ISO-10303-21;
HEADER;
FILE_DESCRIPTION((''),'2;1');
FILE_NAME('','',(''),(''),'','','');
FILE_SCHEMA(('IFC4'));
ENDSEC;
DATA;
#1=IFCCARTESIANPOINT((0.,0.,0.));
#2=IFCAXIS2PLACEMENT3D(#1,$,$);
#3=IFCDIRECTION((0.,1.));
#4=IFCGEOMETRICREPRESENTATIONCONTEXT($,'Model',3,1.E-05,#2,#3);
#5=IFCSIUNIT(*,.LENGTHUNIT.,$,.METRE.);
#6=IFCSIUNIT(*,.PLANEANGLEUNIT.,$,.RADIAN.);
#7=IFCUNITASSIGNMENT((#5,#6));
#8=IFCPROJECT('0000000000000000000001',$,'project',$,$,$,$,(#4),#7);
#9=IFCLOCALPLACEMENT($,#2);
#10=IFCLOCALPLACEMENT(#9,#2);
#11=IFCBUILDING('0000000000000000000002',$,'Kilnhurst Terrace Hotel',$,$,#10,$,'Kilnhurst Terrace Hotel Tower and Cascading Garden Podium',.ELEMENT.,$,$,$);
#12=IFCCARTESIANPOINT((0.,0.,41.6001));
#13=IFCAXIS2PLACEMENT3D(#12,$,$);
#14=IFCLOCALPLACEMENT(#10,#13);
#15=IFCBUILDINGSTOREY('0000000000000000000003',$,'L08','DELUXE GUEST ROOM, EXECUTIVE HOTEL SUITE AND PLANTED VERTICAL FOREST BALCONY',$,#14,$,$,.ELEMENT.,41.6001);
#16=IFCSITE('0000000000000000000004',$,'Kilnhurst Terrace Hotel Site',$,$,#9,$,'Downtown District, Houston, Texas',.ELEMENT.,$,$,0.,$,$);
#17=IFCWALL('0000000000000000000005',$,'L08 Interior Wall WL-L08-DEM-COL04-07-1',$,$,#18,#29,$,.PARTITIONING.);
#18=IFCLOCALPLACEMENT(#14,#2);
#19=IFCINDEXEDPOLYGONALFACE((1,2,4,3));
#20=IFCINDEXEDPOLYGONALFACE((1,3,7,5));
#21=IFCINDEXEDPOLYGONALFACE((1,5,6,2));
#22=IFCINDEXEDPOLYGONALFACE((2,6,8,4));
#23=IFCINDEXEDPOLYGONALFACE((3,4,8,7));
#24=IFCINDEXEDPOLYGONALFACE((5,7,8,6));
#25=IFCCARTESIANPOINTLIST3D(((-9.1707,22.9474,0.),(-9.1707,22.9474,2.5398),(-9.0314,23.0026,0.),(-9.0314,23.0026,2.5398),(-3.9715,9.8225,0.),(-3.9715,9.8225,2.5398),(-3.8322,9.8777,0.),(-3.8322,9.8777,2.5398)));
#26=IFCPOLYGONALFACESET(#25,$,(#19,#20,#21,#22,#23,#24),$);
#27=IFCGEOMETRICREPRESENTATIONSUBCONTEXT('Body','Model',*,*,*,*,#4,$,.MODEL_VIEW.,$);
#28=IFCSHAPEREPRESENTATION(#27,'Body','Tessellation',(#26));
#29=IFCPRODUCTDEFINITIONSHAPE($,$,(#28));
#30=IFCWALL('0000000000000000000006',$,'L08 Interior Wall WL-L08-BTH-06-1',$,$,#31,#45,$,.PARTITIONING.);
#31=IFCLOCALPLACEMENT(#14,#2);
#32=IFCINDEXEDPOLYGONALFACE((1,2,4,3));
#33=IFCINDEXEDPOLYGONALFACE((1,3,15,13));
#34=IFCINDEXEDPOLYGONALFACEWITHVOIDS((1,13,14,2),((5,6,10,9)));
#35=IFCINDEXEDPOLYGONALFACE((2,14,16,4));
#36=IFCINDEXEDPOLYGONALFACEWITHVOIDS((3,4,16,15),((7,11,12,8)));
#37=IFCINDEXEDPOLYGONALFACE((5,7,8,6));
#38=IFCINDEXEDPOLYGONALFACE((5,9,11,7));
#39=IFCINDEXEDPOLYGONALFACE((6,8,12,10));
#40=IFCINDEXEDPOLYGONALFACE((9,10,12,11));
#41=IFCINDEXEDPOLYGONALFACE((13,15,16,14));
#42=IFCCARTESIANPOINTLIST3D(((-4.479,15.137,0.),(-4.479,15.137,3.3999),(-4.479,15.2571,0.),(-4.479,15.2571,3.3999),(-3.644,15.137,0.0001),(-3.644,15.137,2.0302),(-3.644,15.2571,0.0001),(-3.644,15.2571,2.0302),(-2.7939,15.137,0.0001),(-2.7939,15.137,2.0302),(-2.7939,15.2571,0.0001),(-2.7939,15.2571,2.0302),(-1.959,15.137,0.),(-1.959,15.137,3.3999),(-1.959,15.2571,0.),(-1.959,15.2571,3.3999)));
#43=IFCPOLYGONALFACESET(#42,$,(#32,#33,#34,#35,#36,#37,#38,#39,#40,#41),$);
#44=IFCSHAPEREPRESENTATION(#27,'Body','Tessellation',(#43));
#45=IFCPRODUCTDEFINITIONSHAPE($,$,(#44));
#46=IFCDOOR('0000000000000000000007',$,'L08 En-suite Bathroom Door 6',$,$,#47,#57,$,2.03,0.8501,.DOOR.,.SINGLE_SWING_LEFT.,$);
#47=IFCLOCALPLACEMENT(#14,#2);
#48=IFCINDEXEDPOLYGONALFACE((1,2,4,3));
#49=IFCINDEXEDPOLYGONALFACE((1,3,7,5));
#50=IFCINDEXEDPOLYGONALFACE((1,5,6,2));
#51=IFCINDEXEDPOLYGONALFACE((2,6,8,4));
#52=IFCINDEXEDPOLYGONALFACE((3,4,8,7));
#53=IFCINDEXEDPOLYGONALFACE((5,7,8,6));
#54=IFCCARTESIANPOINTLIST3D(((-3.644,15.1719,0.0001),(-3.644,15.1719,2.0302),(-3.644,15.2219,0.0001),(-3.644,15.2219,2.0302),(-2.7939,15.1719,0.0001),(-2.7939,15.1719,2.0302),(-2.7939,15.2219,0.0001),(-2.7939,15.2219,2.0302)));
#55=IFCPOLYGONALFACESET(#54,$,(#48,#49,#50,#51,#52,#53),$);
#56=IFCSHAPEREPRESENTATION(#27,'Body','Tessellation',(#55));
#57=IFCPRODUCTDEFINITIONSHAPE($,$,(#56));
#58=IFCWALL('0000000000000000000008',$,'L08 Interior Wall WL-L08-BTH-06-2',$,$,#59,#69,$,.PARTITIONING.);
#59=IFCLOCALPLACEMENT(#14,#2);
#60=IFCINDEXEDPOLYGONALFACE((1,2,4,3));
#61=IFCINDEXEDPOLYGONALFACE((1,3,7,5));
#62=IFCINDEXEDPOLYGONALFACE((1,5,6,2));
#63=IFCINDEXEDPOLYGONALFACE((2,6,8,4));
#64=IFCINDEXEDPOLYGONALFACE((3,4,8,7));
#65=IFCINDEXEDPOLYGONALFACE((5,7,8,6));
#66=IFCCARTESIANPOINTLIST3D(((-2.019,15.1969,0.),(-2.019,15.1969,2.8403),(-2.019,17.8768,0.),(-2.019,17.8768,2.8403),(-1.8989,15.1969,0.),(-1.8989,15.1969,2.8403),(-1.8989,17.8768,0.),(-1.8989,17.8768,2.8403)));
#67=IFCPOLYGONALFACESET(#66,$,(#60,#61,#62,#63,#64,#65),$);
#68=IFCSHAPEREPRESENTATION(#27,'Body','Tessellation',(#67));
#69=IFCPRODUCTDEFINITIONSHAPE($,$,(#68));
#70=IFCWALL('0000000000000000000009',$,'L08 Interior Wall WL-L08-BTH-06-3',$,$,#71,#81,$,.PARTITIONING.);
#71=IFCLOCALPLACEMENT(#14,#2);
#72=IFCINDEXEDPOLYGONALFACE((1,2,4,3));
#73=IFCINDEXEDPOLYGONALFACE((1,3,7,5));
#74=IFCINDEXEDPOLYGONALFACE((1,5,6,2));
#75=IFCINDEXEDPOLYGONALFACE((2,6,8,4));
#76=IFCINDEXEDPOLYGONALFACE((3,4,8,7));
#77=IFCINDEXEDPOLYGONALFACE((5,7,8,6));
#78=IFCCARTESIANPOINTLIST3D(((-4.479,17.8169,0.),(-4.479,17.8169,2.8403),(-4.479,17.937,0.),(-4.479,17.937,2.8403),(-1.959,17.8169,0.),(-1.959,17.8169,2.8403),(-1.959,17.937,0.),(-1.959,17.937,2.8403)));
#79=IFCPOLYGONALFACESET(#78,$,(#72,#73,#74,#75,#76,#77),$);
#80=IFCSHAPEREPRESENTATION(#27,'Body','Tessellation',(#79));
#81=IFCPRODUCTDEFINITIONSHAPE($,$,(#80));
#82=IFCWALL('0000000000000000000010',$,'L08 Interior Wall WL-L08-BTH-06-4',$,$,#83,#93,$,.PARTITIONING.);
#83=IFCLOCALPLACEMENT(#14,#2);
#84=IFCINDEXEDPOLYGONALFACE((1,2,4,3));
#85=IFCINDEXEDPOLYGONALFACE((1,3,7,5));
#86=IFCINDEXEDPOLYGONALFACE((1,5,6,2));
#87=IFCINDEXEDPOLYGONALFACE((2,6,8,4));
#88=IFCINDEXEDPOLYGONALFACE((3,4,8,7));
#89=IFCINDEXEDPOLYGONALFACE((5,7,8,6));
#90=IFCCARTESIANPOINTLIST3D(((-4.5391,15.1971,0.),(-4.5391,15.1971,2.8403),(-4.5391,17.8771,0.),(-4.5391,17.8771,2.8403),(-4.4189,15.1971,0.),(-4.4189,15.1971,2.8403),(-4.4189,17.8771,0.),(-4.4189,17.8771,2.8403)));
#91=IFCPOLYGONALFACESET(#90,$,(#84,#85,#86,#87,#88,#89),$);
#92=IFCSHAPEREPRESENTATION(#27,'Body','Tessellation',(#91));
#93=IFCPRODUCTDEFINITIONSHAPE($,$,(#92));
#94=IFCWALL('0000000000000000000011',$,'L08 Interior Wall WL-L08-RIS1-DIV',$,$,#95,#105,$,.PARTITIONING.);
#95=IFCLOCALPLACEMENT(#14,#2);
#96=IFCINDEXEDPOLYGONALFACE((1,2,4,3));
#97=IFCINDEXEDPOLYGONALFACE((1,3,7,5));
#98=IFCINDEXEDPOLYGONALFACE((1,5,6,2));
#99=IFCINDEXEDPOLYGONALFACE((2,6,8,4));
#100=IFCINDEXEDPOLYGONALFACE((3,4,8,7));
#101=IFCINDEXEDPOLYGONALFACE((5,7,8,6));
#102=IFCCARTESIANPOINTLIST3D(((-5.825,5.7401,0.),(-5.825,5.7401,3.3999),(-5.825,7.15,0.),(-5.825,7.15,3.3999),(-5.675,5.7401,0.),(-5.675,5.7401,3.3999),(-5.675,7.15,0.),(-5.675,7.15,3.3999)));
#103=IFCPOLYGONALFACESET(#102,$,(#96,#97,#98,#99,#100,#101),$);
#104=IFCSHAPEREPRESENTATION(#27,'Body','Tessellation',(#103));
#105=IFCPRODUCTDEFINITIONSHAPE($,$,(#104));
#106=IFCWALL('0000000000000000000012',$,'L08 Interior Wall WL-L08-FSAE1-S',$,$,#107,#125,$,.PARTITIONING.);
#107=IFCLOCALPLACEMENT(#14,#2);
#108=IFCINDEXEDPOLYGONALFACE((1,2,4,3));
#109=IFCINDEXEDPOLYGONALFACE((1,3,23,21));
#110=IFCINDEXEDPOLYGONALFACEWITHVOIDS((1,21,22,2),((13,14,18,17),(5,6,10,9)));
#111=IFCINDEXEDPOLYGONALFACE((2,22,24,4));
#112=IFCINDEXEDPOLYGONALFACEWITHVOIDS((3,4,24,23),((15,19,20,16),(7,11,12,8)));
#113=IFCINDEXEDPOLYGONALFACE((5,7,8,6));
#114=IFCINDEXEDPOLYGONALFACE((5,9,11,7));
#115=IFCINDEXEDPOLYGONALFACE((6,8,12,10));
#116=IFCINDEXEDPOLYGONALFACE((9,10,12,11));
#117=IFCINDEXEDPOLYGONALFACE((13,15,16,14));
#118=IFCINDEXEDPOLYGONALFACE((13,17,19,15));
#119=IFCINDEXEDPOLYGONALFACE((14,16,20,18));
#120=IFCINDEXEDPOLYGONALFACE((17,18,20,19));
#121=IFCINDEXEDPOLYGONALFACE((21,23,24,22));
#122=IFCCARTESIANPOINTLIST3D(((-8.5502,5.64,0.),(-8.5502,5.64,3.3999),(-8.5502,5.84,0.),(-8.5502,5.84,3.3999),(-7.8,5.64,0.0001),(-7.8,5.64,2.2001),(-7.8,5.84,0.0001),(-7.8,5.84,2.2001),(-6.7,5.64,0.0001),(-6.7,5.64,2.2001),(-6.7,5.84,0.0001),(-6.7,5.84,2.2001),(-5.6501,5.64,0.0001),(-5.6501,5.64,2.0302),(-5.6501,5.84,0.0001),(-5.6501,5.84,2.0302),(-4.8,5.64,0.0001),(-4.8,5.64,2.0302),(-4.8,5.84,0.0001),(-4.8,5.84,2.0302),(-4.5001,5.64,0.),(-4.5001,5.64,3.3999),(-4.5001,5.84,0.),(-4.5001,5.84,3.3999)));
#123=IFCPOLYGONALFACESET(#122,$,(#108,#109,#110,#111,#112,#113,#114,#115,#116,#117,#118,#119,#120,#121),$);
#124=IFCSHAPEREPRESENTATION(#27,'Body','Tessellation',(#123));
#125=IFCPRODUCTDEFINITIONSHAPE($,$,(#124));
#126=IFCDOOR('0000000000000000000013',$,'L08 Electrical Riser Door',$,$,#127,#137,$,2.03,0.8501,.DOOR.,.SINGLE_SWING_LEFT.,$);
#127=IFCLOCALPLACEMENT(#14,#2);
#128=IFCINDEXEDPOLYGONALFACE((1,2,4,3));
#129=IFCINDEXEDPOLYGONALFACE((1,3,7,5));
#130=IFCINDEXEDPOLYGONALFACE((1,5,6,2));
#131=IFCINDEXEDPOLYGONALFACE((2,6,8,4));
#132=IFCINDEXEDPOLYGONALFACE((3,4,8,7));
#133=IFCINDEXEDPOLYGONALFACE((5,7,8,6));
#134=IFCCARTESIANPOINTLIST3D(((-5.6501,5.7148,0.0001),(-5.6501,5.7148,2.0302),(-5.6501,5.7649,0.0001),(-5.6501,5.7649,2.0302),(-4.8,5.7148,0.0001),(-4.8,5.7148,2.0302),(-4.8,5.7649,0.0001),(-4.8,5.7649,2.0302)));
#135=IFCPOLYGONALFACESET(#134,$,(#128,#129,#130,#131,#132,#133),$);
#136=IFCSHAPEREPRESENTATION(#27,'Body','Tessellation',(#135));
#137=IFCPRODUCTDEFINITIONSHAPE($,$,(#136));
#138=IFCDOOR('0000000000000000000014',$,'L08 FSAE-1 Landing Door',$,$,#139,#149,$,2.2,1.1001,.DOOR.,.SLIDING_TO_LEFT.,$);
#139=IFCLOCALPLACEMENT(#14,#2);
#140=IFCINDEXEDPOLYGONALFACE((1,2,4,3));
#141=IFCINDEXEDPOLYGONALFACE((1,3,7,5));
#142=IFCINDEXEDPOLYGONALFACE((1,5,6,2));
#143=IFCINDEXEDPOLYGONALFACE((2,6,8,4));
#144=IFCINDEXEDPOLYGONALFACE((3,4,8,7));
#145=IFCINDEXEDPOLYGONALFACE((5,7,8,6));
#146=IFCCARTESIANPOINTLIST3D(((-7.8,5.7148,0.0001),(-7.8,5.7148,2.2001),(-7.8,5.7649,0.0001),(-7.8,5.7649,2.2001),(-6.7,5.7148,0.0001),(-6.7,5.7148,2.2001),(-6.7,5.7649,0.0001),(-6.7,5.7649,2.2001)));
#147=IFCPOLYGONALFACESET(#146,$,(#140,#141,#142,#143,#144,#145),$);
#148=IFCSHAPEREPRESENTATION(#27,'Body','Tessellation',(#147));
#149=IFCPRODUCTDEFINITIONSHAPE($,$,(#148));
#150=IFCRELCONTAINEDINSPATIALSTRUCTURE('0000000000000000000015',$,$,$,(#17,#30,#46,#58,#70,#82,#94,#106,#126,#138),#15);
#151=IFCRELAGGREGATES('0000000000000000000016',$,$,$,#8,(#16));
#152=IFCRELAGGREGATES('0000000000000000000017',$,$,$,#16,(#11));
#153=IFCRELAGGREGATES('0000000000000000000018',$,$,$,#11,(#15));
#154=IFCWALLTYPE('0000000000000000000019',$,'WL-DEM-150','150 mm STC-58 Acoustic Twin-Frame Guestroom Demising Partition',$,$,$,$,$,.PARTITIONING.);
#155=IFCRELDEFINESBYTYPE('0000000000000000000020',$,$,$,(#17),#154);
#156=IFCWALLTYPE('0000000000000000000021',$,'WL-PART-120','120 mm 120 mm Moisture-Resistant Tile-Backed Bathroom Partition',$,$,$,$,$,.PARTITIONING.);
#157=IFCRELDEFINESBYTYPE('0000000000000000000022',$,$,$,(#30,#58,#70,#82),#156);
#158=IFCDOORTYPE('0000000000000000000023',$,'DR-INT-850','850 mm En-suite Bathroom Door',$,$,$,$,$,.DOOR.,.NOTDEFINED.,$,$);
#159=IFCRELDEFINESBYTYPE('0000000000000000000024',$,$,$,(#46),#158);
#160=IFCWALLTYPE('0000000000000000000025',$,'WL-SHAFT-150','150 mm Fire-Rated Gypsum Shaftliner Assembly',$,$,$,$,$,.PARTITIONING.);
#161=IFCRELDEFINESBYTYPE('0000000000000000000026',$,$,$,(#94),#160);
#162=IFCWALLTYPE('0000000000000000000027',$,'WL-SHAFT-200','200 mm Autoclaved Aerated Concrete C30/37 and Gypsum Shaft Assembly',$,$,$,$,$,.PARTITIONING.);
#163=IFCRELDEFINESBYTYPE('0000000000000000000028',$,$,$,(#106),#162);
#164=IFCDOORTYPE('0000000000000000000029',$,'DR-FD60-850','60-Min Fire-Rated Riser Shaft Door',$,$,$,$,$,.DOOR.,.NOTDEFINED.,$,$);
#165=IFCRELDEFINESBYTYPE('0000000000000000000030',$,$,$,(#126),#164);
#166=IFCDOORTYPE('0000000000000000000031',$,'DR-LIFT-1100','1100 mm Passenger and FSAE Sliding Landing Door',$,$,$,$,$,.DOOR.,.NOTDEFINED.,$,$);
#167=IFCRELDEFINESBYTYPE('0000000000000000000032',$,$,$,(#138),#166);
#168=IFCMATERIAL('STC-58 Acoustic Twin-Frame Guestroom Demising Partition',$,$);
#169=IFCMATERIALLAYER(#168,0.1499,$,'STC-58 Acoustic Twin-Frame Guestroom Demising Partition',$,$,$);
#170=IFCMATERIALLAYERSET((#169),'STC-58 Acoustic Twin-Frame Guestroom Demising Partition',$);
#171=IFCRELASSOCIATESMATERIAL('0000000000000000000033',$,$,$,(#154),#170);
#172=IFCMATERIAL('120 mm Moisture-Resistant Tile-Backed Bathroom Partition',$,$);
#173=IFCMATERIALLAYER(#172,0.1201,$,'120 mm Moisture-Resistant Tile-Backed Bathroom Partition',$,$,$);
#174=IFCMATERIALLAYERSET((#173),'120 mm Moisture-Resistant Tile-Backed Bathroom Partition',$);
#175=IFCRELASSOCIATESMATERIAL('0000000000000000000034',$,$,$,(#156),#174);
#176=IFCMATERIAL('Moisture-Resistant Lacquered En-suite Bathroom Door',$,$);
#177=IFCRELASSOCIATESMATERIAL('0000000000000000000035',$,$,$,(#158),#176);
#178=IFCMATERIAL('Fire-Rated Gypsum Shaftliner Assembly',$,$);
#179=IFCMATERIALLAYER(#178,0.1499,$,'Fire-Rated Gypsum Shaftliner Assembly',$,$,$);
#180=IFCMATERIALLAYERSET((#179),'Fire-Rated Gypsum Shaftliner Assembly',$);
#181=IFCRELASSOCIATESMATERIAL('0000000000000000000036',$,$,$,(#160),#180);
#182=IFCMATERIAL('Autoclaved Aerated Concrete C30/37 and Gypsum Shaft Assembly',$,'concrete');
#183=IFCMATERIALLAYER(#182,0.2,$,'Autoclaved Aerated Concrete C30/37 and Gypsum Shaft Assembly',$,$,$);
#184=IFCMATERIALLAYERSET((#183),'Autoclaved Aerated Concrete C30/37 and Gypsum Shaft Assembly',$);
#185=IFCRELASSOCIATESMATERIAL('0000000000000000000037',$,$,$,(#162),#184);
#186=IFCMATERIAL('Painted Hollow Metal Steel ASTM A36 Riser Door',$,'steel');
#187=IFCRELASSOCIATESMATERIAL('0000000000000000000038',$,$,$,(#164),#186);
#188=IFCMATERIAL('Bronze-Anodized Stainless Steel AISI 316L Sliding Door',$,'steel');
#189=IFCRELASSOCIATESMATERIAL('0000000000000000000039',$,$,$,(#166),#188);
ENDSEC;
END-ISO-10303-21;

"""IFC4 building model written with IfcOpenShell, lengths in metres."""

from ifc_helpers import new_model, si_unit, direction, frame, frame_2d, origin, place, context, subcontext, project, spatial, rectangle, extrude, material, layer, layer_set, type_object, element, fill, save


model = new_model("IFC4")

# Units and contexts
model_context = context("Model", 3, precision=1e-05, world=origin(), true_north=direction((0.0, 1.0)))
body_context = subcontext(model_context, "Body", "Model", "MODEL_VIEW")
ifc_project = project(units=[si_unit("LENGTHUNIT", "METRE"), si_unit("PLANEANGLEUNIT", "RADIAN")], contexts=[model_context])

# Site, building, storey
site_placement = place(None, origin())
site = spatial("IfcSite", under=ifc_project, at=site_placement, Name="Kilnhurst Terrace Hotel Site", LongName="Downtown District, Houston, Texas", CompositionType="ELEMENT", RefElevation=0.0)
building_placement = place(site_placement, origin())
building = spatial("IfcBuilding", under=site, at=building_placement, Name="Kilnhurst Terrace Hotel", LongName="Kilnhurst Terrace Hotel Tower and Cascading Garden Podium", CompositionType="ELEMENT")
storey_placement = place(building_placement, frame((0.0, 0.0, 41.6001)))
storey = spatial("IfcBuildingStorey", under=building, at=storey_placement, Name="L08", Description="DELUXE GUEST ROOM, EXECUTIVE HOTEL SUITE AND PLANTED VERTICAL FOREST BALCONY", CompositionType="ELEMENT", Elevation=41.6001)

# Wall
ifc_material_1 = material(Name="STC-58 Acoustic Twin-Frame Guestroom Demising Partition")
ifc_layer_1 = layer(ifc_material_1, 0.1499, Name="STC-58 Acoustic Twin-Frame Guestroom Demising Partition")
ifc_layer_set_1 = layer_set([ifc_layer_1], Name="STC-58 Acoustic Twin-Frame Guestroom Demising Partition")
wall_type_1 = type_object("IfcWallType", Name="WL-DEM-150", Description="150 mm STC-58 Acoustic Twin-Frame Guestroom Demising Partition", PredefinedType="PARTITIONING", material=ifc_layer_set_1)
wall_1_placement = place(storey_placement, frame((-3.9019, 9.8501, 0.0), z_axis=(0.0, 0.0, 1.0), x_axis=(-0.368288, 0.929712, 0.0)))
element("IfcWall", 1, at=wall_1_placement, inside=storey, type_object=wall_type_1, Name="L08 Interior Wall WL-L08-DEM-COL04-07-1", PredefinedType="PARTITIONING", context=body_context, shape_type="SweptSolid", body=[
    extrude(rectangle(XDim=14.1172, YDim=0.1499, at=frame_2d((7.0586, 0.0))), origin(), (0.0, 0.0, 1.0), 2.5398),
])

# Wall, opening, door
ifc_material_2 = material(Name="120 mm Moisture-Resistant Tile-Backed Bathroom Partition")
ifc_layer_2 = layer(ifc_material_2, 0.1201, Name="120 mm Moisture-Resistant Tile-Backed Bathroom Partition")
ifc_layer_set_2 = layer_set([ifc_layer_2], Name="120 mm Moisture-Resistant Tile-Backed Bathroom Partition")
wall_type_2 = type_object("IfcWallType", Name="WL-PART-120", Description="120 mm 120 mm Moisture-Resistant Tile-Backed Bathroom Partition", PredefinedType="PARTITIONING", material=ifc_layer_set_2)
wall_2_placement = place(storey_placement, frame((-4.479, 15.197, 0.0), z_axis=(0.0, 0.0, 1.0), x_axis=(1.0, 0.0, 0.0)))
wall_2 = element("IfcWall", 2, at=wall_2_placement, inside=storey, type_object=wall_type_2, Name="L08 Interior Wall WL-L08-BTH-06-1", PredefinedType="PARTITIONING", context=body_context, shape_type="SweptSolid", body=[
    extrude(rectangle(XDim=2.52, YDim=0.1201, at=frame_2d((1.26, 0.0))), origin(), (0.0, 0.0, 1.0), 3.3999),
])
opening_1_placement = place(wall_2_placement, frame((0.835, 0.0, 0.0)))
opening_1 = element("IfcOpeningElement", 3, at=opening_1_placement, cuts=wall_2, PredefinedType="OPENING", context=body_context, shape_type="SweptSolid", body=[
    extrude(rectangle(XDim=0.8501, YDim=2.03, at=frame_2d((0.425, 1.0151))), frame((0.0, 0.0701, 0.0), z_axis=(0.0, -1.0, 0.0), x_axis=(1.0, 0.0, 0.0)), (0.0, 0.0, 1.0), 0.1401),
])
ifc_material_3 = material(Name="Moisture-Resistant Lacquered En-suite Bathroom Door")
door_type_1 = type_object("IfcDoorType", Name="DR-INT-850", Description="850 mm En-suite Bathroom Door", OperationType="NOTDEFINED", PredefinedType="DOOR", material=ifc_material_3)
door_1_placement = place(opening_1_placement, origin())
door_1 = element("IfcDoor", 4, at=door_1_placement, inside=storey, type_object=door_type_1, Name="L08 En-suite Bathroom Door 6", OperationType="SINGLE_SWING_LEFT", OverallHeight=2.03, OverallWidth=0.8501, PredefinedType="DOOR", context=body_context, shape_type="SweptSolid", body=[
    extrude(rectangle(XDim=0.8501, YDim=2.03, at=frame_2d((0.425, 1.0151))), frame((0.0, 0.0249, 0.0), z_axis=(0.0, -1.0, 0.0), x_axis=(1.0, 0.0, 0.0)), (0.0, 0.0, 1.0), 0.05),
])
fill(opening_1, door_1)

# Walls
wall_3_placement = place(storey_placement, frame((-1.959, 15.197, 0.0), z_axis=(0.0, 0.0, 1.0), x_axis=(0.0, 1.0, 0.0)))
element("IfcWall", 5, at=wall_3_placement, inside=storey, type_object=wall_type_2, Name="L08 Interior Wall WL-L08-BTH-06-2", PredefinedType="PARTITIONING", context=body_context, shape_type="SweptSolid", body=[
    extrude(rectangle(XDim=2.6799, YDim=0.1201, at=frame_2d((1.3398, 0.0))), origin(), (0.0, 0.0, 1.0), 2.8403),
])
wall_4_placement = place(storey_placement, frame((-1.959, 17.877, 0.0), z_axis=(0.0, 0.0, 1.0), x_axis=(-1.0, 0.0, 0.0)))
element("IfcWall", 6, at=wall_4_placement, inside=storey, type_object=wall_type_2, Name="L08 Interior Wall WL-L08-BTH-06-3", PredefinedType="PARTITIONING", context=body_context, shape_type="SweptSolid", body=[
    extrude(rectangle(XDim=2.52, YDim=0.1201, at=frame_2d((1.26, 0.0))), origin(), (0.0, 0.0, 1.0), 2.8403),
])
wall_5_placement = place(storey_placement, frame((-4.479, 17.877, 0.0), z_axis=(0.0, 0.0, 1.0), x_axis=(0.0, -1.0, 0.0)))
element("IfcWall", 7, at=wall_5_placement, inside=storey, type_object=wall_type_2, Name="L08 Interior Wall WL-L08-BTH-06-4", PredefinedType="PARTITIONING", context=body_context, shape_type="SweptSolid", body=[
    extrude(rectangle(XDim=2.6799, YDim=0.1201, at=frame_2d((1.3398, 0.0))), origin(), (0.0, 0.0, 1.0), 2.8403),
])
ifc_material_4 = material(Name="Fire-Rated Gypsum Shaftliner Assembly")
ifc_layer_3 = layer(ifc_material_4, 0.1499, Name="Fire-Rated Gypsum Shaftliner Assembly")
ifc_layer_set_3 = layer_set([ifc_layer_3], Name="Fire-Rated Gypsum Shaftliner Assembly")
wall_type_3 = type_object("IfcWallType", Name="WL-SHAFT-150", Description="150 mm Fire-Rated Gypsum Shaftliner Assembly", PredefinedType="PARTITIONING", material=ifc_layer_set_3)
wall_6_placement = place(storey_placement, frame((-5.75, 5.74, 0.0), z_axis=(0.0, 0.0, 1.0), x_axis=(0.0, 1.0, 0.0)))
element("IfcWall", 8, at=wall_6_placement, inside=storey, type_object=wall_type_3, Name="L08 Interior Wall WL-L08-RIS1-DIV", PredefinedType="PARTITIONING", context=body_context, shape_type="SweptSolid", body=[
    extrude(rectangle(XDim=1.4099, YDim=0.1499, at=frame_2d((0.7051, 0.0))), origin(), (0.0, 0.0, 1.0), 3.3999),
])

# Wall, openings, doors
ifc_material_5 = material(Name="Autoclaved Aerated Concrete C30/37 and Gypsum Shaft Assembly", Category="concrete")
ifc_layer_4 = layer(ifc_material_5, 0.2, Name="Autoclaved Aerated Concrete C30/37 and Gypsum Shaft Assembly")
ifc_layer_set_4 = layer_set([ifc_layer_4], Name="Autoclaved Aerated Concrete C30/37 and Gypsum Shaft Assembly")
wall_type_4 = type_object("IfcWallType", Name="WL-SHAFT-200", Description="200 mm Autoclaved Aerated Concrete C30/37 and Gypsum Shaft Assembly", PredefinedType="PARTITIONING", material=ifc_layer_set_4)
wall_7_placement = place(storey_placement, frame((-8.55, 5.74, 0.0), z_axis=(0.0, 0.0, 1.0), x_axis=(1.0, 0.0, 0.0)))
wall_7 = element("IfcWall", 9, at=wall_7_placement, inside=storey, type_object=wall_type_4, Name="L08 Interior Wall WL-L08-FSAE1-S", PredefinedType="PARTITIONING", context=body_context, shape_type="SweptSolid", body=[
    extrude(rectangle(XDim=4.05, YDim=0.2, at=frame_2d((2.0249, 0.0))), origin(), (0.0, 0.0, 1.0), 3.3999),
])
opening_2_placement = place(wall_7_placement, frame((0.75, 0.0, 0.0)))
opening_2 = element("IfcOpeningElement", 10, at=opening_2_placement, cuts=wall_7, PredefinedType="OPENING", context=body_context, shape_type="SweptSolid", body=[
    extrude(rectangle(XDim=1.1001, YDim=2.2, at=frame_2d((0.55, 1.1001))), frame((0.0, 0.1099, 0.0), z_axis=(0.0, -1.0, 0.0), x_axis=(1.0, 0.0, 0.0)), (0.0, 0.0, 1.0), 0.22),
])
opening_3_placement = place(wall_7_placement, frame((2.8999, 0.0, 0.0)))
opening_3 = element("IfcOpeningElement", 11, at=opening_3_placement, cuts=wall_7, PredefinedType="OPENING", context=body_context, shape_type="SweptSolid", body=[
    extrude(rectangle(XDim=0.8501, YDim=2.03, at=frame_2d((0.425, 1.0151))), frame((0.0, 0.1099, 0.0), z_axis=(0.0, -1.0, 0.0), x_axis=(1.0, 0.0, 0.0)), (0.0, 0.0, 1.0), 0.22),
])
ifc_material_6 = material(Name="Painted Hollow Metal Steel ASTM A36 Riser Door", Category="steel")
door_type_2 = type_object("IfcDoorType", Name="DR-FD60-850", Description="60-Min Fire-Rated Riser Shaft Door", OperationType="NOTDEFINED", PredefinedType="DOOR", material=ifc_material_6)
door_2_placement = place(opening_3_placement, origin())
door_2 = element("IfcDoor", 12, at=door_2_placement, inside=storey, type_object=door_type_2, Name="L08 Electrical Riser Door", OperationType="SINGLE_SWING_LEFT", OverallHeight=2.03, OverallWidth=0.8501, PredefinedType="DOOR", context=body_context, shape_type="SweptSolid", body=[
    extrude(rectangle(XDim=0.8501, YDim=2.03, at=frame_2d((0.425, 1.0151))), frame((0.0, 0.0249, 0.0), z_axis=(0.0, -1.0, 0.0), x_axis=(1.0, 0.0, 0.0)), (0.0, 0.0, 1.0), 0.05),
])
fill(opening_3, door_2)
ifc_material_7 = material(Name="Bronze-Anodized Stainless Steel AISI 316L Sliding Door", Category="steel")
door_type_3 = type_object("IfcDoorType", Name="DR-LIFT-1100", Description="1100 mm Passenger and FSAE Sliding Landing Door", OperationType="NOTDEFINED", PredefinedType="DOOR", material=ifc_material_7)
door_3_placement = place(opening_2_placement, origin())
door_3 = element("IfcDoor", 13, at=door_3_placement, inside=storey, type_object=door_type_3, Name="L08 FSAE-1 Landing Door", OperationType="SLIDING_TO_LEFT", OverallHeight=2.2, OverallWidth=1.1001, PredefinedType="DOOR", context=body_context, shape_type="SweptSolid", body=[
    extrude(rectangle(XDim=1.1001, YDim=2.2, at=frame_2d((0.55, 1.1001))), frame((0.0, 0.0249, 0.0), z_axis=(0.0, -1.0, 0.0), x_axis=(1.0, 0.0, 0.0)), (0.0, 0.0, 1.0), 0.05),
])
fill(opening_2, door_3)

save(model, "model.ifc")
